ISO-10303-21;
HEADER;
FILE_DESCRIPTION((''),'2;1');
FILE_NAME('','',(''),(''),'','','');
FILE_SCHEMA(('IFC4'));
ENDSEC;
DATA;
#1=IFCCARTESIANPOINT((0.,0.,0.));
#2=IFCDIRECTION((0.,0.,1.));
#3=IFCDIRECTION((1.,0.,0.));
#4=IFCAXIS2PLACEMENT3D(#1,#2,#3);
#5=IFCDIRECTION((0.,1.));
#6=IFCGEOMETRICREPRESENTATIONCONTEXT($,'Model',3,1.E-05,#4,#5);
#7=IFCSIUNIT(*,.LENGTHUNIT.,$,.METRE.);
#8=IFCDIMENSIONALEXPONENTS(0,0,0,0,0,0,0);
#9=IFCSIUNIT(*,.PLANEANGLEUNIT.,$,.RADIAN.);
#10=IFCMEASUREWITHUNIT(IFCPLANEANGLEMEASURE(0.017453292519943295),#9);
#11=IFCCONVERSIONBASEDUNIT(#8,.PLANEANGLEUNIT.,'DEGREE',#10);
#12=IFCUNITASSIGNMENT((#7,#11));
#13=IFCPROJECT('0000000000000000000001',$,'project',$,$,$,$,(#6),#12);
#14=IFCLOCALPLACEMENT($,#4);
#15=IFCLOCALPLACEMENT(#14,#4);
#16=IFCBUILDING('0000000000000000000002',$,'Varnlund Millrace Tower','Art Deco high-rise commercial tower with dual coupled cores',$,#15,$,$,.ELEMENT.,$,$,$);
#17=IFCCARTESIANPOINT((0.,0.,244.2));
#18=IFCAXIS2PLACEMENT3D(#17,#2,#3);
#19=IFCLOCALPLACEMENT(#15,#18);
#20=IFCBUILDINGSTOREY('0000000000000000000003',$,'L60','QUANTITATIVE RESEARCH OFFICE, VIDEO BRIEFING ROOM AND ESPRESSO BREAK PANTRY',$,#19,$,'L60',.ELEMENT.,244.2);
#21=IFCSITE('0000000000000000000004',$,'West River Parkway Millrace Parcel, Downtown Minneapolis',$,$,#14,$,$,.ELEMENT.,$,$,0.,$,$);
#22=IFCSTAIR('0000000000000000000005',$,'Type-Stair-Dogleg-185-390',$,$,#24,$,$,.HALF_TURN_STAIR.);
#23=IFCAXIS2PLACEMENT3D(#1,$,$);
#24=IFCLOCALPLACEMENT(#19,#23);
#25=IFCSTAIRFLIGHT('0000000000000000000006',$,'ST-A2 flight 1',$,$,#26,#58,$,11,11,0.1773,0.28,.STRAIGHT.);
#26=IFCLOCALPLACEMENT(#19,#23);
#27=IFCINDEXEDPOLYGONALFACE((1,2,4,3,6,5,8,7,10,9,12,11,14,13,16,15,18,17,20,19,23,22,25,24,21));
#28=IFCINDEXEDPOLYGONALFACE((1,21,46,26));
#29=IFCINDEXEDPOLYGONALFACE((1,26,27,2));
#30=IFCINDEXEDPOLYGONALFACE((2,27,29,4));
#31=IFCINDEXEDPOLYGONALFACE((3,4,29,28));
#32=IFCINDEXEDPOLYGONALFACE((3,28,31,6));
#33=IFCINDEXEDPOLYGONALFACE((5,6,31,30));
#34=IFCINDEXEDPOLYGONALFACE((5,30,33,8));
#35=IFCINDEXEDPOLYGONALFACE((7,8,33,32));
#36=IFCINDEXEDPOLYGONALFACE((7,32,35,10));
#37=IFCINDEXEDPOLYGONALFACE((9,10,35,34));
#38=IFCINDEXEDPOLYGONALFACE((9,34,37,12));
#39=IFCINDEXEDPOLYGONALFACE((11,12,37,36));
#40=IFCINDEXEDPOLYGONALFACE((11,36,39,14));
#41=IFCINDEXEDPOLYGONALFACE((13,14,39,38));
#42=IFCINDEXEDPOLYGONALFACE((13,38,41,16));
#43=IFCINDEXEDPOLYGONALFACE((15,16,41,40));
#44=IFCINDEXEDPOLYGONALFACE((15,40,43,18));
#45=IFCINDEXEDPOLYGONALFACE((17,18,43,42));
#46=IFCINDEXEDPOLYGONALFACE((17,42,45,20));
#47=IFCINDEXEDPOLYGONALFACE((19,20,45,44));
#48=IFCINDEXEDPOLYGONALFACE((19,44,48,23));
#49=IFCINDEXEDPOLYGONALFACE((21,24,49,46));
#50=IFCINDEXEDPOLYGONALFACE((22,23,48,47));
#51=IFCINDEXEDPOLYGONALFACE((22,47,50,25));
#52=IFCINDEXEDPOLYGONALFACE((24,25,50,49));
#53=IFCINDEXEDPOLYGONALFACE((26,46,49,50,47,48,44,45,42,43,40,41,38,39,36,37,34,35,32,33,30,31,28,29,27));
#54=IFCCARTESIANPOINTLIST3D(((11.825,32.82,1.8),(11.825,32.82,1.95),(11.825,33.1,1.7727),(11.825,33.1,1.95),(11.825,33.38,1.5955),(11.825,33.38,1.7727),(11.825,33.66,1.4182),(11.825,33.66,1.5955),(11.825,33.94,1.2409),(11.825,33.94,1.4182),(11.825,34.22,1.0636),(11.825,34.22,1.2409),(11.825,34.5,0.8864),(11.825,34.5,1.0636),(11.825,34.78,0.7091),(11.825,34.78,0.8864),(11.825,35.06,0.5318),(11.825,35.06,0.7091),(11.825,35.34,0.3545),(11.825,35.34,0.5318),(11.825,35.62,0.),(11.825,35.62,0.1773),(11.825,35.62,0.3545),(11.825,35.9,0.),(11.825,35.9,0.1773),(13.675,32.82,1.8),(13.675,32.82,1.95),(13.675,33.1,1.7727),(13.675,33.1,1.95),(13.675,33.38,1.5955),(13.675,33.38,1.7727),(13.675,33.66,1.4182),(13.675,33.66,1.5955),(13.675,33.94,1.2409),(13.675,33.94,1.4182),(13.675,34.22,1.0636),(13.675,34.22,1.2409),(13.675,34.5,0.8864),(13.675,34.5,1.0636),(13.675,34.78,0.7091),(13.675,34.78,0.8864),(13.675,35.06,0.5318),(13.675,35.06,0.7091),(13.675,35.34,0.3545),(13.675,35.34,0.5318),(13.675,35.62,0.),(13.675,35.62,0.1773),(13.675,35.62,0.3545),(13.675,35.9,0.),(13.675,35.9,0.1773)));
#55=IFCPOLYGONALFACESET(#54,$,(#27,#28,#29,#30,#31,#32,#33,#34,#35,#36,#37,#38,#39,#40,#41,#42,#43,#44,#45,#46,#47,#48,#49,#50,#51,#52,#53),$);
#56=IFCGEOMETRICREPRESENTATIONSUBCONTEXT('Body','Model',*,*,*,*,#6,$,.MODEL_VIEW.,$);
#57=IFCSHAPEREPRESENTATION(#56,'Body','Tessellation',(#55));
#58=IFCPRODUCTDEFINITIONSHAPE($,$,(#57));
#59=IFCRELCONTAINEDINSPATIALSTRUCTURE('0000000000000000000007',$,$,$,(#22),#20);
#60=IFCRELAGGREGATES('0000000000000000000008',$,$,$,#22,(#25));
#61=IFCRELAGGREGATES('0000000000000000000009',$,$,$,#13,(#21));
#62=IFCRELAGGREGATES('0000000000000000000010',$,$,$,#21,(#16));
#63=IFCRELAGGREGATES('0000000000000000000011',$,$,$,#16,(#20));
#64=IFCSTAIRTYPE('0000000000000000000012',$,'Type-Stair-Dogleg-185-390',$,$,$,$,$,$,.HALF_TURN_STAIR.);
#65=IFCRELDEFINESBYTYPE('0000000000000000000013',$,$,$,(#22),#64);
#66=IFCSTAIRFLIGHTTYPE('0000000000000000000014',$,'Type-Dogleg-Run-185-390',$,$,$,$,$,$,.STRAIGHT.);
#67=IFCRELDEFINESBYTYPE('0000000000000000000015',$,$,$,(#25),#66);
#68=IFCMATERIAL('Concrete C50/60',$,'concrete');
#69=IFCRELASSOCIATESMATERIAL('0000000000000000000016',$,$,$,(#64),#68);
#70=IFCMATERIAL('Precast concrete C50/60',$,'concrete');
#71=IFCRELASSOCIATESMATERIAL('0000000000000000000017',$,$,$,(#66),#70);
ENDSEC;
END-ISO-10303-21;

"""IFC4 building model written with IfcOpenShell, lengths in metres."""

from ifc_helpers import new_model, entity, si_unit, converted_unit, direction, frame, origin_with_axes, place, context, subcontext, project, spatial, polyline, outline, extrude, material, type_object, element, aggregate, save


model = new_model("IFC4")

# Units and contexts
model_context = context("Model", 3, precision=1e-05, world=origin_with_axes(), true_north=direction((0.0, 1.0)))
body_context = subcontext(model_context, "Body", "Model", "MODEL_VIEW")
ifc_project = project(units=[si_unit("LENGTHUNIT", "METRE"), converted_unit("PLANEANGLEUNIT", "DEGREE", entity("IfcPlaneAngleMeasure", 0.017453292519943295), si_unit("PLANEANGLEUNIT", "RADIAN"), dimensions=[0, 0, 0, 0, 0, 0, 0])], contexts=[model_context])

# Site, building, storey
site_placement = place(None, origin_with_axes())
site = spatial("IfcSite", under=ifc_project, at=site_placement, Name="West River Parkway Millrace Parcel, Downtown Minneapolis", CompositionType="ELEMENT", RefElevation=0.0)
building_placement = place(site_placement, origin_with_axes())
building = spatial("IfcBuilding", under=site, at=building_placement, Name="Varnlund Millrace Tower", Description="Art Deco high-rise commercial tower with dual coupled cores", CompositionType="ELEMENT")
storey_placement = place(building_placement, frame((0.0, 0.0, 244.2), z_axis=(0.0, 0.0, 1.0), x_axis=(1.0, 0.0, 0.0)))
storey = spatial("IfcBuildingStorey", under=building, at=storey_placement, Name="L60", Description="QUANTITATIVE RESEARCH OFFICE, VIDEO BRIEFING ROOM AND ESPRESSO BREAK PANTRY", LongName="L60", CompositionType="ELEMENT", Elevation=244.2)

# Stair, stair flight
ifc_material_1 = material(Name="Concrete C50/60", Category="concrete")
stair_type = type_object("IfcStairType", Name="Type-Stair-Dogleg-185-390", PredefinedType="HALF_TURN_STAIR", material=ifc_material_1)
stair_placement = place(storey_placement, origin_with_axes())
stair = element("IfcStair", 1, at=stair_placement, inside=storey, type_object=stair_type, Name="Type-Stair-Dogleg-185-390", PredefinedType="HALF_TURN_STAIR")
ifc_material_2 = material(Name="Precast concrete C50/60", Category="concrete")
stair_flight_type = type_object("IfcStairFlightType", Name="Type-Dogleg-Run-185-390", PredefinedType="STRAIGHT", material=ifc_material_2)
stair_flight_placement = place(storey_placement, frame((13.675, 35.9, 0.0), z_axis=(-1.0, 0.0, 0.0), x_axis=(0.0, -1.0, 0.0)))
stair_flight = element("IfcStairFlight", 2, at=stair_flight_placement, type_object=stair_flight_type, Name="ST-A2 flight 1", NumberOfRisers=11, NumberOfTreads=11, PredefinedType="STRAIGHT", RiserHeight=0.1773, TreadLength=0.28, context=body_context, shape_type="SweptSolid", body=[
    extrude(outline(polyline([(0.0, 0.0), (0.0, 0.1773), (0.28, 0.1773), (0.28, 0.3545), (0.56, 0.3545), (0.56, 0.5318), (0.84, 0.5318), (0.84, 0.7091), (1.12, 0.7091), (1.12, 0.8864), (1.4, 0.8864), (1.4, 1.0636), (1.68, 1.0636), (1.68, 1.2409), (1.96, 1.2409), (1.96, 1.4182), (2.24, 1.4182), (2.24, 1.5955), (2.52, 1.5955), (2.52, 1.7727), (2.8, 1.7727), (2.8, 1.95), (3.08, 1.95), (3.08, 1.8), (0.28, 0.0), (0.0, 0.0)])), origin_with_axes(), (0.0, 0.0, 1.0), 1.85),
])
aggregate(stair, [stair_flight])

save(model, "model.ifc")
